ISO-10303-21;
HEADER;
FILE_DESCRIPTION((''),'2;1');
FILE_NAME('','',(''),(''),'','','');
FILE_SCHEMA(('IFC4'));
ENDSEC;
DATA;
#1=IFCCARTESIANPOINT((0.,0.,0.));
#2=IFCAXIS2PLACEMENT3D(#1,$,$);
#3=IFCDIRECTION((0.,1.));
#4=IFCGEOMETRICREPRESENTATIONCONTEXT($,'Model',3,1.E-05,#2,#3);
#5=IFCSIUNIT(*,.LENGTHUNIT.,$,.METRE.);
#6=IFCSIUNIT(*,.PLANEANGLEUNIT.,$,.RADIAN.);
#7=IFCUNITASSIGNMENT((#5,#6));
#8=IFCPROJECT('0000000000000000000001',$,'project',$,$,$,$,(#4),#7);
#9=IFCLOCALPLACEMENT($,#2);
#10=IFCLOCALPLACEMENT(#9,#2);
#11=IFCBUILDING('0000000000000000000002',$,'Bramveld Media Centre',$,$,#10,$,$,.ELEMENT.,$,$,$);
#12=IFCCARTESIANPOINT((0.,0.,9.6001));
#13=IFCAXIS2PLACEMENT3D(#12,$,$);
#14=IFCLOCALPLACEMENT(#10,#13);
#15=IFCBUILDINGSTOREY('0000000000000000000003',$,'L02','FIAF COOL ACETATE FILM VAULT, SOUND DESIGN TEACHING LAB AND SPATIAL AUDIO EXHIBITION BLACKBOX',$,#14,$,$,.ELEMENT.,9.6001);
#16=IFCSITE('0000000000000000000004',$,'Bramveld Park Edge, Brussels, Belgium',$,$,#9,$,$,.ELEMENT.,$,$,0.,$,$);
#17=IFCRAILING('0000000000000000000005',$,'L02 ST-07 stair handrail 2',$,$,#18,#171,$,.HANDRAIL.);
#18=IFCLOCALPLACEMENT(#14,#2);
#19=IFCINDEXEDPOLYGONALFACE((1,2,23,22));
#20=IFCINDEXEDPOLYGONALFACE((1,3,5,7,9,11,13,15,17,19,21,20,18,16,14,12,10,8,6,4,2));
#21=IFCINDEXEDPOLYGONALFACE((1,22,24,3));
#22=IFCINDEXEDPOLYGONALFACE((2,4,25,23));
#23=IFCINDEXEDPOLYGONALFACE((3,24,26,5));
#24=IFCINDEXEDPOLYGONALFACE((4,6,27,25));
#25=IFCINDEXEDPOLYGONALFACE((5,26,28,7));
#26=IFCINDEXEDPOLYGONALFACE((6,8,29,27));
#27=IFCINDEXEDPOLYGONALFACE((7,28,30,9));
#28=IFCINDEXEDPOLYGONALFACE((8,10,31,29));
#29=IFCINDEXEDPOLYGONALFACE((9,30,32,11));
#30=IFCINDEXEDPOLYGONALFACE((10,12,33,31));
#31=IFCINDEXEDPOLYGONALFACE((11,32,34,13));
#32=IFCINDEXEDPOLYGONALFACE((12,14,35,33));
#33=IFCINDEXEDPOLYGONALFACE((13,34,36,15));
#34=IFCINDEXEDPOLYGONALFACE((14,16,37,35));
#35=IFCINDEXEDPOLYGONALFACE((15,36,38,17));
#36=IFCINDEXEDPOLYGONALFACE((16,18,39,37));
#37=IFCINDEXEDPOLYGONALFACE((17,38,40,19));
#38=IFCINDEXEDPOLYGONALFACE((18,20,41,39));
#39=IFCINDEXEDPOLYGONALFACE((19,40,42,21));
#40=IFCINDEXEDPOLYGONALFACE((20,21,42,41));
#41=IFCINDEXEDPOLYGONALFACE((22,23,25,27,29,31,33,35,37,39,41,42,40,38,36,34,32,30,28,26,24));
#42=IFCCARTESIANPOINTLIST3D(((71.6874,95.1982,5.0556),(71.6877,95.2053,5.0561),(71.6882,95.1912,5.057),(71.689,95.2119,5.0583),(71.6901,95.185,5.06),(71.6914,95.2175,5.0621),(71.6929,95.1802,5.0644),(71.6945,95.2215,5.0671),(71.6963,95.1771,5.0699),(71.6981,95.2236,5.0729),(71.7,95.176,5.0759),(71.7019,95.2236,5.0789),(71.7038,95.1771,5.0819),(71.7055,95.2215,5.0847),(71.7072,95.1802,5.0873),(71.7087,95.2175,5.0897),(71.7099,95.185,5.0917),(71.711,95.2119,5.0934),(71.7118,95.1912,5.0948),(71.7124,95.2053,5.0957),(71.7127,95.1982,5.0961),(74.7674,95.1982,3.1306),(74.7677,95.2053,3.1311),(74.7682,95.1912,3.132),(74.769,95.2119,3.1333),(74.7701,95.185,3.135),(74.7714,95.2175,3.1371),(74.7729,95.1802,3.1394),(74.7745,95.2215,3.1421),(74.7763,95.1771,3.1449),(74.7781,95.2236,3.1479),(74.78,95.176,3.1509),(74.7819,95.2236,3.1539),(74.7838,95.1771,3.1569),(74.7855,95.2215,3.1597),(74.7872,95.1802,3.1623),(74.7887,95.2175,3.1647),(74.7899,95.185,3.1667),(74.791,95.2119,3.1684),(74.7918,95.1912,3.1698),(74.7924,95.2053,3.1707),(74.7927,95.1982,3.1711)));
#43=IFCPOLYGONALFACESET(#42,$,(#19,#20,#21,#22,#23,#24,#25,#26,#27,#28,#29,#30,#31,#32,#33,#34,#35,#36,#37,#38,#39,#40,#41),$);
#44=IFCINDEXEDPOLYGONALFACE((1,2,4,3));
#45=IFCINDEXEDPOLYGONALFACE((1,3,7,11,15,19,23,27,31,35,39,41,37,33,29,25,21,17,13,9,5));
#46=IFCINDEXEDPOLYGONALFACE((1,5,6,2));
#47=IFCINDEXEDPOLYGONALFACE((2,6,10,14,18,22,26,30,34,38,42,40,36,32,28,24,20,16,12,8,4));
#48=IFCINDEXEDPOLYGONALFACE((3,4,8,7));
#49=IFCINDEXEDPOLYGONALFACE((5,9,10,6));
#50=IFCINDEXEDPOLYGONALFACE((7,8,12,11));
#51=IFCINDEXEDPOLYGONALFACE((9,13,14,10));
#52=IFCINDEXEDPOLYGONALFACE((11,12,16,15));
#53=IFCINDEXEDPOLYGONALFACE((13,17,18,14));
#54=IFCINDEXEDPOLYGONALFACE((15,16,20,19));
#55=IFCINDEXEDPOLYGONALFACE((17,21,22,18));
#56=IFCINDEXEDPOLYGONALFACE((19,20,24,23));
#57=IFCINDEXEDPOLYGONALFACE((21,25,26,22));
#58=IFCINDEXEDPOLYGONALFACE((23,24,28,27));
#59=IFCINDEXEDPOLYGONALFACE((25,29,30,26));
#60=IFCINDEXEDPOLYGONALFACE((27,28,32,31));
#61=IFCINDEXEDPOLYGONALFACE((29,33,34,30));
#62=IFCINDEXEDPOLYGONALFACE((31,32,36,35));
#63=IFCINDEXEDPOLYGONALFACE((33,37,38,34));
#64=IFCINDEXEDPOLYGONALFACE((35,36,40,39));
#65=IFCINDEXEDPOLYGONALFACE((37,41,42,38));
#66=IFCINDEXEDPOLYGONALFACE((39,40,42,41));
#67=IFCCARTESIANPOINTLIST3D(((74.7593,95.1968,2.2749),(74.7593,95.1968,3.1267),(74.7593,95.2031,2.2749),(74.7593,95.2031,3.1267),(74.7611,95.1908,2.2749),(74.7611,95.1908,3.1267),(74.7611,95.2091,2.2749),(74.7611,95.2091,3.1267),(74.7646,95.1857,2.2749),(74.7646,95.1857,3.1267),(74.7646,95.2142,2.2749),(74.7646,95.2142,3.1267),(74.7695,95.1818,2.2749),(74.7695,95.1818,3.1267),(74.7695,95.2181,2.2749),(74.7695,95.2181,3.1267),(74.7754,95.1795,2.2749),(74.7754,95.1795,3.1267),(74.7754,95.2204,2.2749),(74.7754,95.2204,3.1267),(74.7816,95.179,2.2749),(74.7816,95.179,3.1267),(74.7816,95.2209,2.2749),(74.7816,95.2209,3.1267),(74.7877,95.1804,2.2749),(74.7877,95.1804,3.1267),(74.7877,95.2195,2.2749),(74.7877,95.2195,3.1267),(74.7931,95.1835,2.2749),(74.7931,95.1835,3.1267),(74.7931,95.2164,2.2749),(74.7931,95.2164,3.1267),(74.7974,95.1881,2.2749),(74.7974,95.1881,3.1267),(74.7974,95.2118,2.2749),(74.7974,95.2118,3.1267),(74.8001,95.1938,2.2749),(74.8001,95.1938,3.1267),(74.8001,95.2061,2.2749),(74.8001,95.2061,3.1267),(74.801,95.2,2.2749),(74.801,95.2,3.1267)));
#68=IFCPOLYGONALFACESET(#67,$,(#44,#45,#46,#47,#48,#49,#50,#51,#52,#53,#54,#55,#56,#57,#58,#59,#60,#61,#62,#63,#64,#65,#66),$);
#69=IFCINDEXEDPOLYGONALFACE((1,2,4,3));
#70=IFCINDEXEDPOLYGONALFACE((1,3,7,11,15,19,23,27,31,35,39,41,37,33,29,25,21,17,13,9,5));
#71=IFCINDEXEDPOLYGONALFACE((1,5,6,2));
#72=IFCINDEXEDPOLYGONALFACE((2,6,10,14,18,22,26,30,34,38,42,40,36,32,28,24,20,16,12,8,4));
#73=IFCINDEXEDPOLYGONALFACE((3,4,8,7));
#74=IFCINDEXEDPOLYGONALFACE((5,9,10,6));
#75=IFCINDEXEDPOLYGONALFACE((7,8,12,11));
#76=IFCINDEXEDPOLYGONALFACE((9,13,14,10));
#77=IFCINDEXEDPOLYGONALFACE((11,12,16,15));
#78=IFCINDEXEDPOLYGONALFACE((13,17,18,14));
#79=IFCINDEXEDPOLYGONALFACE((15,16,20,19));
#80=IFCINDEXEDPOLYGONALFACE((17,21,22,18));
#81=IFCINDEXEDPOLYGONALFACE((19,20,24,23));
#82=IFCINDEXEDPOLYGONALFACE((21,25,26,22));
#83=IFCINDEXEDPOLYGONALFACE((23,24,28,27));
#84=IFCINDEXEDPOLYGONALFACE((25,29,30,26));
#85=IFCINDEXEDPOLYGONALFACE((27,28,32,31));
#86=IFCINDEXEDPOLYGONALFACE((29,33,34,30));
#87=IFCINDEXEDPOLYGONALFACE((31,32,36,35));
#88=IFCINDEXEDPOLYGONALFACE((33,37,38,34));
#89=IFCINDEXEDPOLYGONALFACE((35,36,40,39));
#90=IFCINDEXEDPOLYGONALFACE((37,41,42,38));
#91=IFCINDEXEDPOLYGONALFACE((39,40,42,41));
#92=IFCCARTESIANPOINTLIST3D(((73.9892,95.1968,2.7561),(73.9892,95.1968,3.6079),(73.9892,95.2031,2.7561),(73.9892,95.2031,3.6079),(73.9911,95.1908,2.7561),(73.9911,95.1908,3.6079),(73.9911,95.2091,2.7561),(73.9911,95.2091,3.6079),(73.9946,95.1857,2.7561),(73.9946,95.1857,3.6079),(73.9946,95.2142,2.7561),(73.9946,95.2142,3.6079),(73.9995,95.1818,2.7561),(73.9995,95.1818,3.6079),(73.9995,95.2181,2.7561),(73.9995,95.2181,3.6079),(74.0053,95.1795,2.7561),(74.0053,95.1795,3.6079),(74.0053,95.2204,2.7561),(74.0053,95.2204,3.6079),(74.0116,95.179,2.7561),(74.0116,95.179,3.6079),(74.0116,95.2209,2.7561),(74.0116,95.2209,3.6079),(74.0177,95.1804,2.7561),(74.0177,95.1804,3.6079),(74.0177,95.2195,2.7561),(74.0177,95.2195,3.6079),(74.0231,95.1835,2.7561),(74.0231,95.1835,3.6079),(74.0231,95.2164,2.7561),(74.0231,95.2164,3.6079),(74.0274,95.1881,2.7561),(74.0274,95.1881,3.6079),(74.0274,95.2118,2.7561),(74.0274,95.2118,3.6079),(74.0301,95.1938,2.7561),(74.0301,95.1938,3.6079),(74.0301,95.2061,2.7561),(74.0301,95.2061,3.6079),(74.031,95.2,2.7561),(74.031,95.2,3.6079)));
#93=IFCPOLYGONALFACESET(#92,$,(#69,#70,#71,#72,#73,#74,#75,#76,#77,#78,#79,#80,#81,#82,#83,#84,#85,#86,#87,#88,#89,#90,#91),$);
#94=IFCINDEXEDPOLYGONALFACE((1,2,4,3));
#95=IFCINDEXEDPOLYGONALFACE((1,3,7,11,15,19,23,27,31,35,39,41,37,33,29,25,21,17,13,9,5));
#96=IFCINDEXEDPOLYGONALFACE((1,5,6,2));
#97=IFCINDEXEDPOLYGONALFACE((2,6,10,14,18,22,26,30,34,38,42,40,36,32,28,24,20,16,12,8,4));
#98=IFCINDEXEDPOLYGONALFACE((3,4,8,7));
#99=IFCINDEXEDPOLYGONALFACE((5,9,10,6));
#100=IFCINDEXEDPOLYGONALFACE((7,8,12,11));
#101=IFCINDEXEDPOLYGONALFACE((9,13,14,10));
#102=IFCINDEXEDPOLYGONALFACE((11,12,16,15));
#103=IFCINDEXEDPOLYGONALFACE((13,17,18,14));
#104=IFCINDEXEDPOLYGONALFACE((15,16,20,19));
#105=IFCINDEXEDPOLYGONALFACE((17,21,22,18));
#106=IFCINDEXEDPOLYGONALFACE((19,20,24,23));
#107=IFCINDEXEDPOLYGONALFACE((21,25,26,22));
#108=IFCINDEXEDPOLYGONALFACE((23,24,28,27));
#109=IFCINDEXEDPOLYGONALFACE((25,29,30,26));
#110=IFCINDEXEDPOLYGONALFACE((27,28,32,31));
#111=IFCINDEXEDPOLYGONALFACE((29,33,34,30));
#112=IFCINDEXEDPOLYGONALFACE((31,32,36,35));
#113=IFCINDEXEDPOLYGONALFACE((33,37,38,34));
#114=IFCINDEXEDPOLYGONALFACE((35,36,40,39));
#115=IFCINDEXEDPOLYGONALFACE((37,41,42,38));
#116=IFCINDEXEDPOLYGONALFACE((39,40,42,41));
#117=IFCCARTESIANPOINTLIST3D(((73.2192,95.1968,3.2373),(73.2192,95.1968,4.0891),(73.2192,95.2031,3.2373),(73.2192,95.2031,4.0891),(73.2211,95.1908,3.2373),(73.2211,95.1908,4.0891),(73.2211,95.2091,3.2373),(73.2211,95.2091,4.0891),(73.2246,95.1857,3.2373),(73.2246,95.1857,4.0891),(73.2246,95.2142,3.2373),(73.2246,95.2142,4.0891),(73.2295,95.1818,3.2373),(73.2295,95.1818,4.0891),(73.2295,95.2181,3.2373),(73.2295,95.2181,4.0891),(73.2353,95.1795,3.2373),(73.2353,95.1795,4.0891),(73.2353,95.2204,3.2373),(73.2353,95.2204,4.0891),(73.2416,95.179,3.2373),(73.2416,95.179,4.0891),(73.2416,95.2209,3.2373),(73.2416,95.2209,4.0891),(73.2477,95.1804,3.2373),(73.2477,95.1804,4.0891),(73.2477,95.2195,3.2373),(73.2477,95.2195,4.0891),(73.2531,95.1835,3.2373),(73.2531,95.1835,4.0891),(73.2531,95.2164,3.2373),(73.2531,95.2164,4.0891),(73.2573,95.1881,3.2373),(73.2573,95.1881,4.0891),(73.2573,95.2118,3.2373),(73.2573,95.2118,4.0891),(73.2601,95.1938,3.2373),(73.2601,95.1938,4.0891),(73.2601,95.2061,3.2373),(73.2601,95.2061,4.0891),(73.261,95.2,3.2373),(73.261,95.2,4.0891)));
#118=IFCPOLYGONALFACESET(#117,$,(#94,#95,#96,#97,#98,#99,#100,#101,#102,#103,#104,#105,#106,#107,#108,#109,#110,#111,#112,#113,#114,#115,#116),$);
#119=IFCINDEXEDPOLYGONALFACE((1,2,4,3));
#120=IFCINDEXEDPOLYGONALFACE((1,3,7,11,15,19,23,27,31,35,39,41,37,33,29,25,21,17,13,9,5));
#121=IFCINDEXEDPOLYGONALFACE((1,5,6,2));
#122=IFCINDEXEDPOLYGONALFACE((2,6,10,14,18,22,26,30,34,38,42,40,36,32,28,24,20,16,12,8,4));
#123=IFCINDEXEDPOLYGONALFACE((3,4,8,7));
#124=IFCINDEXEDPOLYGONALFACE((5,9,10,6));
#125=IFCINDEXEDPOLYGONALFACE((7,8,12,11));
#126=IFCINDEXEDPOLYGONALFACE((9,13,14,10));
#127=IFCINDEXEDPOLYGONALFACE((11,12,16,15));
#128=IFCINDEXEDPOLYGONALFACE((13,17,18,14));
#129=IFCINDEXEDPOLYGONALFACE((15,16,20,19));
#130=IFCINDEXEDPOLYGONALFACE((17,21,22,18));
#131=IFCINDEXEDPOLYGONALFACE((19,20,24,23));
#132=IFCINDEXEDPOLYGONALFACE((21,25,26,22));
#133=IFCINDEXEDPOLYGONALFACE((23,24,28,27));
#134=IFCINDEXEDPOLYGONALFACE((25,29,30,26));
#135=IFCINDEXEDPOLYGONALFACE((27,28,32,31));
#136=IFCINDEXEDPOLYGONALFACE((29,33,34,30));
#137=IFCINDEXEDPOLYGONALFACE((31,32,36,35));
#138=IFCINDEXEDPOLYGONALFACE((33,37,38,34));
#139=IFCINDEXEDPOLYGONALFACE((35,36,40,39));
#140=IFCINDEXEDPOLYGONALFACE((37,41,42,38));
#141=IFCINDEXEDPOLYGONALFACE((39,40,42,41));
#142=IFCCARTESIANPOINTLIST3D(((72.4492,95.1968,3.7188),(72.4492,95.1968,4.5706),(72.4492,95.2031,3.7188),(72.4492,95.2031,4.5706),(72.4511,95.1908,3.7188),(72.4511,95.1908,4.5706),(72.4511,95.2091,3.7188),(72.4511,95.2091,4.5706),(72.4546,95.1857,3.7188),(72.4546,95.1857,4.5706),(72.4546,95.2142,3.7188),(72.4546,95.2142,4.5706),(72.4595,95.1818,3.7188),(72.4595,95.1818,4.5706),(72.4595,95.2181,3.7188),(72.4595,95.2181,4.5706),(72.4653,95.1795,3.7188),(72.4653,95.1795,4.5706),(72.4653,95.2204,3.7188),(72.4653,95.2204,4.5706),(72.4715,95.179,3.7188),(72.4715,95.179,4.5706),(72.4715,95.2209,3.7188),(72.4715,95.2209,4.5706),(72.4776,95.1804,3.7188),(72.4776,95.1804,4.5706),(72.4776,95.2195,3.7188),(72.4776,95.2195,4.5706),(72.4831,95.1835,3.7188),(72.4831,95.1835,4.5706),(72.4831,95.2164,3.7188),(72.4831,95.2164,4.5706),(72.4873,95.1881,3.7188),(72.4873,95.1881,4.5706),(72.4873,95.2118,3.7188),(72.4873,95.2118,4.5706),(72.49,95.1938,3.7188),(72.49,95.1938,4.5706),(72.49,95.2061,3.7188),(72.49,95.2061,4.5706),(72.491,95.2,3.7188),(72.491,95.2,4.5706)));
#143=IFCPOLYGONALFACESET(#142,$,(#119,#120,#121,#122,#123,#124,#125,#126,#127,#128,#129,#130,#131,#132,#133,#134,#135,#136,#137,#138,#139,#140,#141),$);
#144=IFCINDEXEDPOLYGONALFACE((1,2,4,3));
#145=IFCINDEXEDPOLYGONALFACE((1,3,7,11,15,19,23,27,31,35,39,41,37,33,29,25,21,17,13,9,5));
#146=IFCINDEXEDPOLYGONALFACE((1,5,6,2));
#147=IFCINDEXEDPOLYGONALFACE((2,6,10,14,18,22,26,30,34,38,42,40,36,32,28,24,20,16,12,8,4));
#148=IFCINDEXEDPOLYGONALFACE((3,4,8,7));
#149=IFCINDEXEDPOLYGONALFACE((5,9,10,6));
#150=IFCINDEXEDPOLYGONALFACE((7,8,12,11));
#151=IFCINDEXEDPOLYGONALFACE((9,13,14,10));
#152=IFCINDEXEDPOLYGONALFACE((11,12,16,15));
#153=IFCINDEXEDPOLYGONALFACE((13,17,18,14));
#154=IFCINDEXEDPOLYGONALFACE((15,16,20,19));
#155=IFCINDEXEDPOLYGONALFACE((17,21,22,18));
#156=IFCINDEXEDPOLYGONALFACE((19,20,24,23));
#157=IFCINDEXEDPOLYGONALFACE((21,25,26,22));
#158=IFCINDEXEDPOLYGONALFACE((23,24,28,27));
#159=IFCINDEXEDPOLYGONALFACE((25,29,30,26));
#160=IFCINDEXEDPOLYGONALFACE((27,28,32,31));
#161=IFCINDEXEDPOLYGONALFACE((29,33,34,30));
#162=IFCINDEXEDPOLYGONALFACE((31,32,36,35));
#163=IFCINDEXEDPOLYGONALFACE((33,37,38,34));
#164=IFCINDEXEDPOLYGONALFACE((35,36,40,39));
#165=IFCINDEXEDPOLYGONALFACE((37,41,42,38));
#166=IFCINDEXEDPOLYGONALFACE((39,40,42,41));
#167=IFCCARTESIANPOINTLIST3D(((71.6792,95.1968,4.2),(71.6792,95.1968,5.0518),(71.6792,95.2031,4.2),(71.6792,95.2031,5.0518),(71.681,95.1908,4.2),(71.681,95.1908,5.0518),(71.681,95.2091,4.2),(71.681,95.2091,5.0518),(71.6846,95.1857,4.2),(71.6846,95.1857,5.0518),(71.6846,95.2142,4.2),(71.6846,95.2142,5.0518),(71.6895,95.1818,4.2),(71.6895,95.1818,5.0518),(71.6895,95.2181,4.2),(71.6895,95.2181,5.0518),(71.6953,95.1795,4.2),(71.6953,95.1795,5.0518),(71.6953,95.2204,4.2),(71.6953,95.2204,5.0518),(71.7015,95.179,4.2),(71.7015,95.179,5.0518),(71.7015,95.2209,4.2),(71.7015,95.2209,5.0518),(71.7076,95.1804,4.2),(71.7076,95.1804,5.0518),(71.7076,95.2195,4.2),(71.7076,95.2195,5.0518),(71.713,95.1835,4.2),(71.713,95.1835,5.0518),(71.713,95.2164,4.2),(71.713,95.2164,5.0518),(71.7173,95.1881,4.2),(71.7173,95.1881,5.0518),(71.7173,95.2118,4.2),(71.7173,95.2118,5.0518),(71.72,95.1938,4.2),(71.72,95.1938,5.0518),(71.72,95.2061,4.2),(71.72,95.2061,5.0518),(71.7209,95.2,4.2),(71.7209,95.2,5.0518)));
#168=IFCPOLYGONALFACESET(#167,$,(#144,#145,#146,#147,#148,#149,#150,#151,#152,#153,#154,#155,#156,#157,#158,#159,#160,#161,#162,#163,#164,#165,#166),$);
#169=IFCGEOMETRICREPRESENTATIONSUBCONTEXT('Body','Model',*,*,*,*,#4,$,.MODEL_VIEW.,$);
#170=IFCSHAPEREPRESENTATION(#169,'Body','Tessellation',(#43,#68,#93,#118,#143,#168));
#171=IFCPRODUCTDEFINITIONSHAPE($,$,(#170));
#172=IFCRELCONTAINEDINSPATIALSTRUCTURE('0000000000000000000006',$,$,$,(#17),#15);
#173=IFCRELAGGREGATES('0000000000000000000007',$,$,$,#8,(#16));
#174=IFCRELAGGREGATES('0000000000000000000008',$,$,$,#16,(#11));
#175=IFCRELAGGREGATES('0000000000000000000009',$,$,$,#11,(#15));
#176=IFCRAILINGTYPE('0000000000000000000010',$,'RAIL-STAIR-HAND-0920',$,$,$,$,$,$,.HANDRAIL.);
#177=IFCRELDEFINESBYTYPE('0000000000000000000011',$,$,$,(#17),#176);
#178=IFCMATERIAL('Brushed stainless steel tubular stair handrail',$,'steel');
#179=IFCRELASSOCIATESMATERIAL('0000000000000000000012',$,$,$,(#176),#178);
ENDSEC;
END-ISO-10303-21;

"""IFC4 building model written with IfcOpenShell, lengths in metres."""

from ifc_helpers import new_model, si_unit, direction, frame, origin, origin_2d, place, context, subcontext, project, spatial, circle, extrude, material, type_object, element, save


model = new_model("IFC4")

# Units and contexts
model_context = context("Model", 3, precision=1e-05, world=origin(), true_north=direction((0.0, 1.0)))
body_context = subcontext(model_context, "Body", "Model", "MODEL_VIEW")
ifc_project = project(units=[si_unit("LENGTHUNIT", "METRE"), si_unit("PLANEANGLEUNIT", "RADIAN")], contexts=[model_context])

# Site, building, storey
site_placement = place(None, origin())
site = spatial("IfcSite", under=ifc_project, at=site_placement, Name="Bramveld Park Edge, Brussels, Belgium", CompositionType="ELEMENT", RefElevation=0.0)
building_placement = place(site_placement, origin())
building = spatial("IfcBuilding", under=site, at=building_placement, Name="Bramveld Media Centre", CompositionType="ELEMENT")
storey_placement = place(building_placement, frame((0.0, 0.0, 9.6001)))
storey = spatial("IfcBuildingStorey", under=building, at=storey_placement, Name="L02", Description="FIAF COOL ACETATE FILM VAULT, SOUND DESIGN TEACHING LAB AND SPATIAL AUDIO EXHIBITION BLACKBOX", CompositionType="ELEMENT", Elevation=9.6001)

# Railing
ifc_material_1 = material(Name="Brushed stainless steel tubular stair handrail", Category="steel")
railing_type_1 = type_object("IfcRailingType", Name="RAIL-STAIR-HAND-0920", PredefinedType="HANDRAIL", material=ifc_material_1)
railing_1_placement = place(storey_placement, frame((74.78, 95.2, 2.2749)))
element("IfcRailing", 1, at=railing_1_placement, inside=storey, type_object=railing_type_1, Name="L02 ST-07 stair handrail 2", PredefinedType="HANDRAIL", context=body_context, shape_type="SweptSolid", body=[
    extrude(circle(Radius=0.0239, at=origin_2d()), frame((0.0, 0.0, 0.876), z_axis=(-0.847998, 0.0, 0.529999), x_axis=(0.0, -1.0, 0.0)), (0.0, 0.0, 1.0), 3.6321),
    extrude(circle(Radius=0.021, at=origin_2d()), origin(), (0.0, 0.0, 1.0), 0.8518),
    extrude(circle(Radius=0.021, at=origin_2d()), frame((-0.77, 0.0, 0.4812)), (0.0, 0.0, 1.0), 0.8518),
    extrude(circle(Radius=0.021, at=origin_2d()), frame((-1.54, 0.0, 0.9624)), (0.0, 0.0, 1.0), 0.8518),
    extrude(circle(Radius=0.021, at=origin_2d()), frame((-2.3101, 0.0, 1.4438)), (0.0, 0.0, 1.0), 0.8518),
    extrude(circle(Radius=0.021, at=origin_2d()), frame((-3.0801, 0.0, 1.925)), (0.0, 0.0, 1.0), 0.8518),
])

save(model, "model.ifc")
